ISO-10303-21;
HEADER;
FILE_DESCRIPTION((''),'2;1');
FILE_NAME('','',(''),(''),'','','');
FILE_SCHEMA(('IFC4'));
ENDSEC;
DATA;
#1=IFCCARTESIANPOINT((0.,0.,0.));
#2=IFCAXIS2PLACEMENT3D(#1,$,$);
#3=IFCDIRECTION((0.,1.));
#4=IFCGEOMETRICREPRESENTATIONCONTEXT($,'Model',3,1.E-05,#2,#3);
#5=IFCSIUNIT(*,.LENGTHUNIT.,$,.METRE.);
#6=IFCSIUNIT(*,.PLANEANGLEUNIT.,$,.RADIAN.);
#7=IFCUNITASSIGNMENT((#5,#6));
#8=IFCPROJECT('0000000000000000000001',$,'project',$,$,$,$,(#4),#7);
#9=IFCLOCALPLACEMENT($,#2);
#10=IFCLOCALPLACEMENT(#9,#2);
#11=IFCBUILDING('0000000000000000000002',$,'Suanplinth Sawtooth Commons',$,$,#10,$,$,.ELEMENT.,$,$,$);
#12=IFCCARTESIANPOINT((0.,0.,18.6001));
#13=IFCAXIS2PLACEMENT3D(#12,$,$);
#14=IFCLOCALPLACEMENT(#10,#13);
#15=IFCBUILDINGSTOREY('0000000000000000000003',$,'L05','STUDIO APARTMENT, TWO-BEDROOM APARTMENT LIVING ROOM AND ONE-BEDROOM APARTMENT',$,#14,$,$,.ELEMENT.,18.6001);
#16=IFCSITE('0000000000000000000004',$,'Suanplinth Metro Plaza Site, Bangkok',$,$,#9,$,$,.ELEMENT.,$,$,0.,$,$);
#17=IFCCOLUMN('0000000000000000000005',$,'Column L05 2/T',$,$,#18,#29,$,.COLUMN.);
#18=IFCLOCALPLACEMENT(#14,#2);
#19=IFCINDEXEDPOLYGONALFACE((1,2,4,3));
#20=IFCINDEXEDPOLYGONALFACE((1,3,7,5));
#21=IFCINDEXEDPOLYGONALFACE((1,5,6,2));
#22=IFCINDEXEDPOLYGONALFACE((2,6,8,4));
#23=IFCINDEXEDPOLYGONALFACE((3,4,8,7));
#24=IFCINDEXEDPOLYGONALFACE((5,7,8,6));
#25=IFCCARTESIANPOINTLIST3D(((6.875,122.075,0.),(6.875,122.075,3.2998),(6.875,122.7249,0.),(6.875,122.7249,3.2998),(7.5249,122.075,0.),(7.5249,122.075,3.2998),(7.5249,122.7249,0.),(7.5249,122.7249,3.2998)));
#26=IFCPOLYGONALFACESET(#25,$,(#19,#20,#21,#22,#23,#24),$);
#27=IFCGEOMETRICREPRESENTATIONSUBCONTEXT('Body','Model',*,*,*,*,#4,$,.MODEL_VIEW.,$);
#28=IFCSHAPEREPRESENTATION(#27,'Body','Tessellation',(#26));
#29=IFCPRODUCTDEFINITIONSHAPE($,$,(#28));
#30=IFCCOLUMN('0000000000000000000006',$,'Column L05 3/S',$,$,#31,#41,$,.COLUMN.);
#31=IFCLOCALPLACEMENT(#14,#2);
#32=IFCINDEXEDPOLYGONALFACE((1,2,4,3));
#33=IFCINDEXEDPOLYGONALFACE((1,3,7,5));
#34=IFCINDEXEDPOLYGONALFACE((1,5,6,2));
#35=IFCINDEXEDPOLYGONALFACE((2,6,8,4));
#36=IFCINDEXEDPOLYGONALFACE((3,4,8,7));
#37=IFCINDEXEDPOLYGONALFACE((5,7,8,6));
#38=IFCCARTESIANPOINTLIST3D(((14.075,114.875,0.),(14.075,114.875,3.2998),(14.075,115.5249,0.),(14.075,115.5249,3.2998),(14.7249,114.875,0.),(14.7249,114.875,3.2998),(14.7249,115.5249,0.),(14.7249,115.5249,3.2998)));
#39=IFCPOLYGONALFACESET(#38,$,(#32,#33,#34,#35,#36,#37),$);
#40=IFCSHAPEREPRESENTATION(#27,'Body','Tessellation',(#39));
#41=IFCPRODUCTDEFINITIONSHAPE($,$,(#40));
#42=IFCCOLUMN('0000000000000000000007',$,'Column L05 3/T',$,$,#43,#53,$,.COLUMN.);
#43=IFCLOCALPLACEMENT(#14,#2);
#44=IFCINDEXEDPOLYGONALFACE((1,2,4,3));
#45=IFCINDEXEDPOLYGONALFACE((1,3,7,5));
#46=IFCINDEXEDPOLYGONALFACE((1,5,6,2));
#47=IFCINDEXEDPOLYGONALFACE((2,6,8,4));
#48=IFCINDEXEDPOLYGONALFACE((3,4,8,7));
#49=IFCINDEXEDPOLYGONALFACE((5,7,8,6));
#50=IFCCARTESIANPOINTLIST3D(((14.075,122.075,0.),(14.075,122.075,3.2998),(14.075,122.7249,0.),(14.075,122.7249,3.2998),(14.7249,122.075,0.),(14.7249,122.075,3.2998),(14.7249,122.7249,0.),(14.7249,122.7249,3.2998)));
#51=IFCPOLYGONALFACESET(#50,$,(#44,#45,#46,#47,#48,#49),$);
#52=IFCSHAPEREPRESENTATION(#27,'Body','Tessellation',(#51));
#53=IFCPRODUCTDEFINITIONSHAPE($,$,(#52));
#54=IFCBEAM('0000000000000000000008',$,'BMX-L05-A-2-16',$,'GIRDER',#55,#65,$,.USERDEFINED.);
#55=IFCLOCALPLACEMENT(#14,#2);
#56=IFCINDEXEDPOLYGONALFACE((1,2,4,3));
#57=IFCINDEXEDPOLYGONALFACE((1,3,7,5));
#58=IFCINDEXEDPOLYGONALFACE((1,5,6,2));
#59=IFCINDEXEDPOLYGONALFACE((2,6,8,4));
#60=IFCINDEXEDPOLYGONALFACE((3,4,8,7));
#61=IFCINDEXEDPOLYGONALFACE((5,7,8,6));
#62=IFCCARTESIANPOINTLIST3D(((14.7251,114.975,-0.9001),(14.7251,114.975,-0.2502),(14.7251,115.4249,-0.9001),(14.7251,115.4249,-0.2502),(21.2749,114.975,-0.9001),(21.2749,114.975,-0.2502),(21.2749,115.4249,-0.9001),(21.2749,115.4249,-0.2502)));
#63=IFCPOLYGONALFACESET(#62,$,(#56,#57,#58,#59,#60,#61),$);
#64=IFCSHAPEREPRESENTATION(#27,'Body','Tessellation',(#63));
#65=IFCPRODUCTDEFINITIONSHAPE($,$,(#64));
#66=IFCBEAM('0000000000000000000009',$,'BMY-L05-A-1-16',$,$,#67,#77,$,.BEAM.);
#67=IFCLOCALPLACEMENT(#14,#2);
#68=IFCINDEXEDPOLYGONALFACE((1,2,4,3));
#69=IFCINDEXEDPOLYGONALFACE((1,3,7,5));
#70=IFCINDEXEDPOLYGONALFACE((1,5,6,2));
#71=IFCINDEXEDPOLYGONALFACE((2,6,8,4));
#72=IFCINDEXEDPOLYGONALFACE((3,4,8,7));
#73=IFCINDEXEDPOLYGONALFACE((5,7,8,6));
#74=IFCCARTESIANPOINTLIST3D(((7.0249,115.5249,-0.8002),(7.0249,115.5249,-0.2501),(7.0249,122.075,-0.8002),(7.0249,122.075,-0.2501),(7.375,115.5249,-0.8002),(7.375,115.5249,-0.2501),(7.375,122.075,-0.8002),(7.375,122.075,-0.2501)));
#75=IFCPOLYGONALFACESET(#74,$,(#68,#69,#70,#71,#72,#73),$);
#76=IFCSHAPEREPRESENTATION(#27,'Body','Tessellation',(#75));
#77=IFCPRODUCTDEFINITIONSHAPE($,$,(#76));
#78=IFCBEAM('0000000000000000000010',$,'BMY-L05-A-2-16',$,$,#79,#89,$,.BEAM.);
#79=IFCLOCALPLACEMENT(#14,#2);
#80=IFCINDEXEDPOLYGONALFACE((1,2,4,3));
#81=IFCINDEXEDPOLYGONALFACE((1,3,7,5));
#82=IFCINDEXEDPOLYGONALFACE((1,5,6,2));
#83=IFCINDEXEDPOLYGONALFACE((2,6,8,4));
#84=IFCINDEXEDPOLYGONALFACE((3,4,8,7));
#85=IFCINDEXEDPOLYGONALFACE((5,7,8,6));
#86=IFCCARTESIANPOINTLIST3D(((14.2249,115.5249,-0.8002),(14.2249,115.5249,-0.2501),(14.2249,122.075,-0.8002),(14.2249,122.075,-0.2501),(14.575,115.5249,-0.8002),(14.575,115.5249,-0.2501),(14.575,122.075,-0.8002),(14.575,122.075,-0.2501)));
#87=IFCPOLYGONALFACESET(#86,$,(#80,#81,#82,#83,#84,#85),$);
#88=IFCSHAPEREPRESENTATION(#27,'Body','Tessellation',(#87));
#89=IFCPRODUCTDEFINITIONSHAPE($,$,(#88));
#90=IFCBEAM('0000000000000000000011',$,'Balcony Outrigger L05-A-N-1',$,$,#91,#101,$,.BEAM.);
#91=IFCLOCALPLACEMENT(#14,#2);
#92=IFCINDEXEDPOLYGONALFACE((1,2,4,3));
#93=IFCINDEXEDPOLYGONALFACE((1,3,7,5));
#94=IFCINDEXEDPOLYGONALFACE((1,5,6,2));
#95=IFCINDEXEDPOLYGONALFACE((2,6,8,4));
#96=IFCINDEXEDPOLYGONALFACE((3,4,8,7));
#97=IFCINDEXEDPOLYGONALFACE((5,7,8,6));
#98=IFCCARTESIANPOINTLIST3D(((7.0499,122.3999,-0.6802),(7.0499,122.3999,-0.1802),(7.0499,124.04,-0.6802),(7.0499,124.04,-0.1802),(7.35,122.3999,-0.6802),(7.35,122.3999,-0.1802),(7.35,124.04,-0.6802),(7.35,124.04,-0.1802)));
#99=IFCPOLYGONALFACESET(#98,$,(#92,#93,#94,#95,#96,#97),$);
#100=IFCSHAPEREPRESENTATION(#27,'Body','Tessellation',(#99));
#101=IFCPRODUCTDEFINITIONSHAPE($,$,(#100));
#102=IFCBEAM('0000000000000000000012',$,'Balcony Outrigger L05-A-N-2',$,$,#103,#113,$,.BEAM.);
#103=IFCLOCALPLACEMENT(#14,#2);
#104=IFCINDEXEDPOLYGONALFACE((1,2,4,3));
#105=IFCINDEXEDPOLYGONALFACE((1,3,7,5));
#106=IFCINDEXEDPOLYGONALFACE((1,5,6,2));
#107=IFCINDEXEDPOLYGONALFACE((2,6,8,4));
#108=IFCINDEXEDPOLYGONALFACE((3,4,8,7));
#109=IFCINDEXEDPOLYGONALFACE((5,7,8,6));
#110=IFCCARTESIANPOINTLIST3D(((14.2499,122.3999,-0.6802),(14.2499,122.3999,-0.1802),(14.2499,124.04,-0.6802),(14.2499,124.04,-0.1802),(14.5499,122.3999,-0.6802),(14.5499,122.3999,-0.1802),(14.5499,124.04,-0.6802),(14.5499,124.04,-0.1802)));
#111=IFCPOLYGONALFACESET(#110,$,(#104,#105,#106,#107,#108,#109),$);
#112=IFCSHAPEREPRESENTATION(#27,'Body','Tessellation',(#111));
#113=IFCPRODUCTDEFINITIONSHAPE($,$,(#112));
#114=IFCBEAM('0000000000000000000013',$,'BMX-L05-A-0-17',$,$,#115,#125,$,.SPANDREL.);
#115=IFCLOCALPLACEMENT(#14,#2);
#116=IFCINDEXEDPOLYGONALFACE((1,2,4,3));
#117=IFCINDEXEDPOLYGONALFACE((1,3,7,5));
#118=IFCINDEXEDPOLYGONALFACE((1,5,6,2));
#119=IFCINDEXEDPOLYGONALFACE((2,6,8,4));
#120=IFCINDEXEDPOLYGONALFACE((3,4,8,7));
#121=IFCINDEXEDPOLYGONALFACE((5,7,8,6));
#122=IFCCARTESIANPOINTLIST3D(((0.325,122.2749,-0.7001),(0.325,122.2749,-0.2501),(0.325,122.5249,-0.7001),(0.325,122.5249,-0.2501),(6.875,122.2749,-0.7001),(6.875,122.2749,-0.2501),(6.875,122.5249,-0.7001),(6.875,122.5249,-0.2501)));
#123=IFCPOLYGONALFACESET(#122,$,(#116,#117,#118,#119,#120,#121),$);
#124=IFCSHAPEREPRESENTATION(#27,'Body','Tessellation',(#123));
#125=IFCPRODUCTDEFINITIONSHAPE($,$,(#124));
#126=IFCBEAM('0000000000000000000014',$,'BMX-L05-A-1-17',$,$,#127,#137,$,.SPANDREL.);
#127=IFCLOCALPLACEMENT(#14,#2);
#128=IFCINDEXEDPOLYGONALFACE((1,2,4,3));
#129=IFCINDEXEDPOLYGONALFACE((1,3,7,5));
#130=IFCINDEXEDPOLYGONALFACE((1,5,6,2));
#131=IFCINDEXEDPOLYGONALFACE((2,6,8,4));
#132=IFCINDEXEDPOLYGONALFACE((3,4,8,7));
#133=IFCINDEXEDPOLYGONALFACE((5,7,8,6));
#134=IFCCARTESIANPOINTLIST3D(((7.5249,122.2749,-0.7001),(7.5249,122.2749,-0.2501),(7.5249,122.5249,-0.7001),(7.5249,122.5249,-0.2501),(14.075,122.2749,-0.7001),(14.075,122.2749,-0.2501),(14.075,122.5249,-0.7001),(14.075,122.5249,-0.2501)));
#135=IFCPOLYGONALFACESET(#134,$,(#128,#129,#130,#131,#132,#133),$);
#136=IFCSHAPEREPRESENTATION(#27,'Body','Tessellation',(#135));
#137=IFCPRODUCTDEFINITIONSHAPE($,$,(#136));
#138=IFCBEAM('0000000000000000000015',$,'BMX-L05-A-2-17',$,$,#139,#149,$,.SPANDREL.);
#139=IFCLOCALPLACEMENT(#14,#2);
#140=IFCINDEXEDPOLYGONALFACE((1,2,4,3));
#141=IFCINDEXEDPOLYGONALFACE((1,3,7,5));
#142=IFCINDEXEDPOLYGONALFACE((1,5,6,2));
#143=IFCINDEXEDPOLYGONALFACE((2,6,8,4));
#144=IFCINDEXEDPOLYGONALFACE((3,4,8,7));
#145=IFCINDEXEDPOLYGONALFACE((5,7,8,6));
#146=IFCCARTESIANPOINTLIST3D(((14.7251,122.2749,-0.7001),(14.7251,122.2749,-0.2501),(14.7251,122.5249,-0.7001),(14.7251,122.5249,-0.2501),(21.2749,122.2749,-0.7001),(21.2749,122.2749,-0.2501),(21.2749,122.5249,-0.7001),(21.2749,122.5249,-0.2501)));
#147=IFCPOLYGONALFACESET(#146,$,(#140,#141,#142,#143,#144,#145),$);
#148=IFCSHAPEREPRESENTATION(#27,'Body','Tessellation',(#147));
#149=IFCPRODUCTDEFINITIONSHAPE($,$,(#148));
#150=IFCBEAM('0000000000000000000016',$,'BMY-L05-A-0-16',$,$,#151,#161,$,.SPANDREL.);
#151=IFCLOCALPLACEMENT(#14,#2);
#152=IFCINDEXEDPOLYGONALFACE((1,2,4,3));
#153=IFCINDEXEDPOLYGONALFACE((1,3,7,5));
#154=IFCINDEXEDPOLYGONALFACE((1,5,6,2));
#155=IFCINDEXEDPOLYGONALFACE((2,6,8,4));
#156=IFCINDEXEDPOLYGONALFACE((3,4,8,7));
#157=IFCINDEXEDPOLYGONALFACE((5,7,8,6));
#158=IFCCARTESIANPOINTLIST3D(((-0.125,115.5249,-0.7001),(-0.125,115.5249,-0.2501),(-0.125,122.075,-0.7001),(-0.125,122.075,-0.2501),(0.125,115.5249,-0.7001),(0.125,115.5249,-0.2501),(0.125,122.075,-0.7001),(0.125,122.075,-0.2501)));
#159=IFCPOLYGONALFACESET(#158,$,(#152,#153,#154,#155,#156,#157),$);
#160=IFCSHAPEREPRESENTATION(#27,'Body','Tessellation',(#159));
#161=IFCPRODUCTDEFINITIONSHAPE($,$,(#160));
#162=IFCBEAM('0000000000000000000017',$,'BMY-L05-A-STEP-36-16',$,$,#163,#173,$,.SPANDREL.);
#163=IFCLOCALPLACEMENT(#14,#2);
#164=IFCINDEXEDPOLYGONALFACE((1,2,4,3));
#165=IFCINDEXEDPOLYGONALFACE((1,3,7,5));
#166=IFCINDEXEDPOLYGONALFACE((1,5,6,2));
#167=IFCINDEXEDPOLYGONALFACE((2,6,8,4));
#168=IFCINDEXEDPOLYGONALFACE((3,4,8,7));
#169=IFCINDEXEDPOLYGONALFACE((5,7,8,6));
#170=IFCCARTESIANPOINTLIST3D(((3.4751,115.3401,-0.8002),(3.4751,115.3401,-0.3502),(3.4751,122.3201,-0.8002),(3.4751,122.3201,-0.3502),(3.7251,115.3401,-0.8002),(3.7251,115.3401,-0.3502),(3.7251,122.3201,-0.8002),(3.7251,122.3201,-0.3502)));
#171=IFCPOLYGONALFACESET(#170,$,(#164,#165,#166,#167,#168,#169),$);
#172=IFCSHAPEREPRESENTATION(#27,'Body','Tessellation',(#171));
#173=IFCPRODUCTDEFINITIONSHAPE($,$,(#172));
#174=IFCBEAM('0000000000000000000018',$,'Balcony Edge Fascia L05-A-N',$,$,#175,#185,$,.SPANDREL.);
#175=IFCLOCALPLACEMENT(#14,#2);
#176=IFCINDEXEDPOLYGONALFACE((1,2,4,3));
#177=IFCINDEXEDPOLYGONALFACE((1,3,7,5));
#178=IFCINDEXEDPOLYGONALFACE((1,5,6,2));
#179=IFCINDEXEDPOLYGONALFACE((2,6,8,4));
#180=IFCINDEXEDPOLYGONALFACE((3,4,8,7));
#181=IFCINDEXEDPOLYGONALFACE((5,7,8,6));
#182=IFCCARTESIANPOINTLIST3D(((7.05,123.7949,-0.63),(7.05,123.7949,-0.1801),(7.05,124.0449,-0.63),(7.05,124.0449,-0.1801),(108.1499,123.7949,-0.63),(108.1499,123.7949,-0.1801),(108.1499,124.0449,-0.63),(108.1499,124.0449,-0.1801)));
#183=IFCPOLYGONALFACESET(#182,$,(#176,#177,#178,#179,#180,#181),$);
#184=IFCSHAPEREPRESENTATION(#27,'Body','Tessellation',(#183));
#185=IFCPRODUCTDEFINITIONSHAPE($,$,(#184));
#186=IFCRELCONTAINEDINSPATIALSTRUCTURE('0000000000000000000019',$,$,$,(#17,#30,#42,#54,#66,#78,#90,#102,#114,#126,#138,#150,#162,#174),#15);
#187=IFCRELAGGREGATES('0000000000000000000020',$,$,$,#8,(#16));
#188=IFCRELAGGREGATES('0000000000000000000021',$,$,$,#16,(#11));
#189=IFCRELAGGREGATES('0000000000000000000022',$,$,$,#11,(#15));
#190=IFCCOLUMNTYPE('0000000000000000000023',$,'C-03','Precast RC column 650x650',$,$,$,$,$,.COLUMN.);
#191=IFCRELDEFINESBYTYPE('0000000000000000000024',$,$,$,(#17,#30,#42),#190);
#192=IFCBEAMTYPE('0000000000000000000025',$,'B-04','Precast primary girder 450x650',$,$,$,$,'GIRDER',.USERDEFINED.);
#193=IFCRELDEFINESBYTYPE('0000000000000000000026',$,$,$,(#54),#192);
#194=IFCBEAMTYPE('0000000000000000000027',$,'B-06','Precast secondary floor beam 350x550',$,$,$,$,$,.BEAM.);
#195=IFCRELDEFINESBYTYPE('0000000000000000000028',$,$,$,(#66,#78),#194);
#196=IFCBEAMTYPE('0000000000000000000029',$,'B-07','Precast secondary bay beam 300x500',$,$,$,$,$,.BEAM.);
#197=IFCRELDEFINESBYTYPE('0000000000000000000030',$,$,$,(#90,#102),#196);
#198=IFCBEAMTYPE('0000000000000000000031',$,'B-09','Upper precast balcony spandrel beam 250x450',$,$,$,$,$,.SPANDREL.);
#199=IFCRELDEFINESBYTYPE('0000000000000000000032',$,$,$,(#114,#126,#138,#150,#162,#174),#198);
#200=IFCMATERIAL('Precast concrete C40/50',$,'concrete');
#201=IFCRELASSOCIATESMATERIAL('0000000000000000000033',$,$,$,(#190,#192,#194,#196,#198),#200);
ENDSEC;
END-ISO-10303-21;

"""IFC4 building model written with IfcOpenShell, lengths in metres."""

from ifc_helpers import new_model, si_unit, direction, frame, origin, origin_2d, place, context, subcontext, project, spatial, rectangle, extrude, material, material_profile, profile_set, type_object, element, save


model = new_model("IFC4")

# Units and contexts
model_context = context("Model", 3, precision=1e-05, world=origin(), true_north=direction((0.0, 1.0)))
body_context = subcontext(model_context, "Body", "Model", "MODEL_VIEW")
ifc_project = project(units=[si_unit("LENGTHUNIT", "METRE"), si_unit("PLANEANGLEUNIT", "RADIAN")], contexts=[model_context])

# Site, building, storey
site_placement = place(None, origin())
site = spatial("IfcSite", under=ifc_project, at=site_placement, Name="Suanplinth Metro Plaza Site, Bangkok", CompositionType="ELEMENT", RefElevation=0.0)
building_placement = place(site_placement, origin())
building = spatial("IfcBuilding", under=site, at=building_placement, Name="Suanplinth Sawtooth Commons", CompositionType="ELEMENT")
storey_placement = place(building_placement, frame((0.0, 0.0, 18.6001)))
storey = spatial("IfcBuildingStorey", under=building, at=storey_placement, Name="L05", Description="STUDIO APARTMENT, TWO-BEDROOM APARTMENT LIVING ROOM AND ONE-BEDROOM APARTMENT", CompositionType="ELEMENT", Elevation=18.6001)

# Columns
ifc_material_1 = material(Name="Precast concrete C40/50", Category="concrete")
ifc_material_profile_1 = material_profile(ifc_material_1, rectangle(XDim=0.6499, YDim=0.6499, at=origin_2d()), Name="PC-COL 650x650")
ifc_profile_set_1 = profile_set([ifc_material_profile_1], Name="Precast concrete C40/50")
column_type = type_object("IfcColumnType", Name="C-03", Description="Precast RC column 650x650", PredefinedType="COLUMN", material=ifc_profile_set_1)
for number, where, z_axis, x_axis, name in (
    (1, (7.2, 122.3999, 0.0), (0.0, 0.0, 1.0), (1.0, 0.0, 0.0), "Column L05 2/T"),
    (2, (14.3999, 115.2, 0.0), (0.0, 0.0, 1.0), (1.0, 0.0, 0.0), "Column L05 3/S"),
    (3, (14.3999, 122.3999, 0.0), (0.0, 0.0, 1.0), (1.0, 0.0, 0.0), "Column L05 3/T"),
):
    element("IfcColumn", number, at=place(storey_placement, frame(where, z_axis=z_axis, x_axis=x_axis)), inside=storey, type_object=column_type, Name=name, PredefinedType="COLUMN", context=body_context, shape_type="SweptSolid", body=[
        extrude(rectangle(XDim=0.6499, YDim=0.6499, at=origin_2d()), origin(), (0.0, 0.0, 1.0), 3.2998),
    ])

# Beams
ifc_material_profile_2 = material_profile(ifc_material_1, rectangle(XDim=0.45, YDim=0.6499, at=origin_2d()), Name="PC-GDR 450x650")
ifc_profile_set_2 = profile_set([ifc_material_profile_2], Name="Precast concrete C40/50")
beam_type_1 = type_object("IfcBeamType", Name="B-04", Description="Precast primary girder 450x650", ElementType="GIRDER", PredefinedType="USERDEFINED", material=ifc_profile_set_2)
beam_1_placement = place(storey_placement, frame((14.7251, 115.2, -0.5752), z_axis=(1.0, 0.0, 0.0), x_axis=(0.0, 1.0, 0.0)))
element("IfcBeam", 4, at=beam_1_placement, inside=storey, type_object=beam_type_1, Name="BMX-L05-A-2-16", ObjectType="GIRDER", PredefinedType="USERDEFINED", context=body_context, shape_type="SweptSolid", body=[
    extrude(rectangle(XDim=0.45, YDim=0.6499, at=origin_2d()), origin(), (0.0, 0.0, 1.0), 6.5498),
])
ifc_material_profile_3 = material_profile(ifc_material_1, rectangle(XDim=0.3501, YDim=0.55, at=origin_2d()), Name="PC-BM 350x550")
ifc_profile_set_3 = profile_set([ifc_material_profile_3], Name="Precast concrete C40/50")
beam_type_2 = type_object("IfcBeamType", Name="B-06", Description="Precast secondary floor beam 350x550", PredefinedType="BEAM", material=ifc_profile_set_3)
for number, where, z_axis, x_axis, name in (
    (5, (7.2, 115.5249, -0.5251), (0.0, 1.0, 0.0), (-1.0, 0.0, 0.0), "BMY-L05-A-1-16"),
    (6, (14.3999, 115.5249, -0.5251), (0.0, 1.0, 0.0), (-1.0, 0.0, 0.0), "BMY-L05-A-2-16"),
):
    element("IfcBeam", number, at=place(storey_placement, frame(where, z_axis=z_axis, x_axis=x_axis)), inside=storey, type_object=beam_type_2, Name=name, PredefinedType="BEAM", context=body_context, shape_type="SweptSolid", body=[
        extrude(rectangle(XDim=0.3501, YDim=0.55, at=origin_2d()), origin(), (0.0, 0.0, 1.0), 6.55),
    ])
ifc_material_profile_4 = material_profile(ifc_material_1, rectangle(XDim=0.3, YDim=0.5, at=origin_2d()), Name="PC-BM 300x500")
ifc_profile_set_4 = profile_set([ifc_material_profile_4], Name="Precast concrete C40/50")
beam_type_3 = type_object("IfcBeamType", Name="B-07", Description="Precast secondary bay beam 300x500", PredefinedType="BEAM", material=ifc_profile_set_4)
for number, where, z_axis, x_axis, name in (
    (7, (7.2, 122.3999, -0.4302), (0.0, 1.0, 0.0), (-1.0, 0.0, 0.0), "Balcony Outrigger L05-A-N-1"),
    (8, (14.3999, 122.3999, -0.4302), (0.0, 1.0, 0.0), (-1.0, 0.0, 0.0), "Balcony Outrigger L05-A-N-2"),
):
    element("IfcBeam", number, at=place(storey_placement, frame(where, z_axis=z_axis, x_axis=x_axis)), inside=storey, type_object=beam_type_3, Name=name, PredefinedType="BEAM", context=body_context, shape_type="SweptSolid", body=[
        extrude(rectangle(XDim=0.3, YDim=0.5, at=origin_2d()), origin(), (0.0, 0.0, 1.0), 1.6401),
    ])
ifc_material_profile_5 = material_profile(ifc_material_1, rectangle(XDim=0.25, YDim=0.45, at=origin_2d()), Name="PC-SP 250x450")
ifc_profile_set_5 = profile_set([ifc_material_profile_5], Name="Precast concrete C40/50")
beam_type_4 = type_object("IfcBeamType", Name="B-09", Description="Upper precast balcony spandrel beam 250x450", PredefinedType="SPANDREL", material=ifc_profile_set_5)
for number, where, z_axis, x_axis, name in (
    (9, (0.325, 122.3999, -0.4751), (1.0, 0.0, 0.0), (0.0, 1.0, 0.0), "BMX-L05-A-0-17"),
    (10, (7.5249, 122.3999, -0.4751), (1.0, 0.0, 0.0), (0.0, 1.0, 0.0), "BMX-L05-A-1-17"),
):
    element("IfcBeam", number, at=place(storey_placement, frame(where, z_axis=z_axis, x_axis=x_axis)), inside=storey, type_object=beam_type_4, Name=name, PredefinedType="SPANDREL", context=body_context, shape_type="SweptSolid", body=[
        extrude(rectangle(XDim=0.25, YDim=0.45, at=origin_2d()), origin(), (0.0, 0.0, 1.0), 6.55),
    ])
beam_2_placement = place(storey_placement, frame((14.7251, 122.3999, -0.4751), z_axis=(1.0, 0.0, 0.0), x_axis=(0.0, 1.0, 0.0)))
element("IfcBeam", 11, at=beam_2_placement, inside=storey, type_object=beam_type_4, Name="BMX-L05-A-2-17", PredefinedType="SPANDREL", context=body_context, shape_type="SweptSolid", body=[
    extrude(rectangle(XDim=0.25, YDim=0.45, at=origin_2d()), origin(), (0.0, 0.0, 1.0), 6.5498),
])
beam_3_placement = place(storey_placement, frame((0.0, 115.5249, -0.4751), z_axis=(0.0, 1.0, 0.0), x_axis=(-1.0, 0.0, 0.0)))
element("IfcBeam", 12, at=beam_3_placement, inside=storey, type_object=beam_type_4, Name="BMY-L05-A-0-16", PredefinedType="SPANDREL", context=body_context, shape_type="SweptSolid", body=[
    extrude(rectangle(XDim=0.25, YDim=0.45, at=origin_2d()), origin(), (0.0, 0.0, 1.0), 6.55),
])
beam_4_placement = place(storey_placement, frame((3.6001, 115.3401, -0.5752), z_axis=(0.0, 1.0, 0.0), x_axis=(-1.0, 0.0, 0.0)))
element("IfcBeam", 13, at=beam_4_placement, inside=storey, type_object=beam_type_4, Name="BMY-L05-A-STEP-36-16", PredefinedType="SPANDREL", context=body_context, shape_type="SweptSolid", body=[
    extrude(rectangle(XDim=0.25, YDim=0.45, at=origin_2d()), origin(), (0.0, 0.0, 1.0), 6.98),
])
beam_5_placement = place(storey_placement, frame((7.05, 123.9199, -0.405), z_axis=(1.0, 0.0, 0.0), x_axis=(0.0, 1.0, 0.0)))
element("IfcBeam", 14, at=beam_5_placement, inside=storey, type_object=beam_type_4, Name="Balcony Edge Fascia L05-A-N", PredefinedType="SPANDREL", context=body_context, shape_type="SweptSolid", body=[
    extrude(rectangle(XDim=0.25, YDim=0.45, at=origin_2d()), origin(), (0.0, 0.0, 1.0), 101.0999),
])

save(model, "model.ifc")
